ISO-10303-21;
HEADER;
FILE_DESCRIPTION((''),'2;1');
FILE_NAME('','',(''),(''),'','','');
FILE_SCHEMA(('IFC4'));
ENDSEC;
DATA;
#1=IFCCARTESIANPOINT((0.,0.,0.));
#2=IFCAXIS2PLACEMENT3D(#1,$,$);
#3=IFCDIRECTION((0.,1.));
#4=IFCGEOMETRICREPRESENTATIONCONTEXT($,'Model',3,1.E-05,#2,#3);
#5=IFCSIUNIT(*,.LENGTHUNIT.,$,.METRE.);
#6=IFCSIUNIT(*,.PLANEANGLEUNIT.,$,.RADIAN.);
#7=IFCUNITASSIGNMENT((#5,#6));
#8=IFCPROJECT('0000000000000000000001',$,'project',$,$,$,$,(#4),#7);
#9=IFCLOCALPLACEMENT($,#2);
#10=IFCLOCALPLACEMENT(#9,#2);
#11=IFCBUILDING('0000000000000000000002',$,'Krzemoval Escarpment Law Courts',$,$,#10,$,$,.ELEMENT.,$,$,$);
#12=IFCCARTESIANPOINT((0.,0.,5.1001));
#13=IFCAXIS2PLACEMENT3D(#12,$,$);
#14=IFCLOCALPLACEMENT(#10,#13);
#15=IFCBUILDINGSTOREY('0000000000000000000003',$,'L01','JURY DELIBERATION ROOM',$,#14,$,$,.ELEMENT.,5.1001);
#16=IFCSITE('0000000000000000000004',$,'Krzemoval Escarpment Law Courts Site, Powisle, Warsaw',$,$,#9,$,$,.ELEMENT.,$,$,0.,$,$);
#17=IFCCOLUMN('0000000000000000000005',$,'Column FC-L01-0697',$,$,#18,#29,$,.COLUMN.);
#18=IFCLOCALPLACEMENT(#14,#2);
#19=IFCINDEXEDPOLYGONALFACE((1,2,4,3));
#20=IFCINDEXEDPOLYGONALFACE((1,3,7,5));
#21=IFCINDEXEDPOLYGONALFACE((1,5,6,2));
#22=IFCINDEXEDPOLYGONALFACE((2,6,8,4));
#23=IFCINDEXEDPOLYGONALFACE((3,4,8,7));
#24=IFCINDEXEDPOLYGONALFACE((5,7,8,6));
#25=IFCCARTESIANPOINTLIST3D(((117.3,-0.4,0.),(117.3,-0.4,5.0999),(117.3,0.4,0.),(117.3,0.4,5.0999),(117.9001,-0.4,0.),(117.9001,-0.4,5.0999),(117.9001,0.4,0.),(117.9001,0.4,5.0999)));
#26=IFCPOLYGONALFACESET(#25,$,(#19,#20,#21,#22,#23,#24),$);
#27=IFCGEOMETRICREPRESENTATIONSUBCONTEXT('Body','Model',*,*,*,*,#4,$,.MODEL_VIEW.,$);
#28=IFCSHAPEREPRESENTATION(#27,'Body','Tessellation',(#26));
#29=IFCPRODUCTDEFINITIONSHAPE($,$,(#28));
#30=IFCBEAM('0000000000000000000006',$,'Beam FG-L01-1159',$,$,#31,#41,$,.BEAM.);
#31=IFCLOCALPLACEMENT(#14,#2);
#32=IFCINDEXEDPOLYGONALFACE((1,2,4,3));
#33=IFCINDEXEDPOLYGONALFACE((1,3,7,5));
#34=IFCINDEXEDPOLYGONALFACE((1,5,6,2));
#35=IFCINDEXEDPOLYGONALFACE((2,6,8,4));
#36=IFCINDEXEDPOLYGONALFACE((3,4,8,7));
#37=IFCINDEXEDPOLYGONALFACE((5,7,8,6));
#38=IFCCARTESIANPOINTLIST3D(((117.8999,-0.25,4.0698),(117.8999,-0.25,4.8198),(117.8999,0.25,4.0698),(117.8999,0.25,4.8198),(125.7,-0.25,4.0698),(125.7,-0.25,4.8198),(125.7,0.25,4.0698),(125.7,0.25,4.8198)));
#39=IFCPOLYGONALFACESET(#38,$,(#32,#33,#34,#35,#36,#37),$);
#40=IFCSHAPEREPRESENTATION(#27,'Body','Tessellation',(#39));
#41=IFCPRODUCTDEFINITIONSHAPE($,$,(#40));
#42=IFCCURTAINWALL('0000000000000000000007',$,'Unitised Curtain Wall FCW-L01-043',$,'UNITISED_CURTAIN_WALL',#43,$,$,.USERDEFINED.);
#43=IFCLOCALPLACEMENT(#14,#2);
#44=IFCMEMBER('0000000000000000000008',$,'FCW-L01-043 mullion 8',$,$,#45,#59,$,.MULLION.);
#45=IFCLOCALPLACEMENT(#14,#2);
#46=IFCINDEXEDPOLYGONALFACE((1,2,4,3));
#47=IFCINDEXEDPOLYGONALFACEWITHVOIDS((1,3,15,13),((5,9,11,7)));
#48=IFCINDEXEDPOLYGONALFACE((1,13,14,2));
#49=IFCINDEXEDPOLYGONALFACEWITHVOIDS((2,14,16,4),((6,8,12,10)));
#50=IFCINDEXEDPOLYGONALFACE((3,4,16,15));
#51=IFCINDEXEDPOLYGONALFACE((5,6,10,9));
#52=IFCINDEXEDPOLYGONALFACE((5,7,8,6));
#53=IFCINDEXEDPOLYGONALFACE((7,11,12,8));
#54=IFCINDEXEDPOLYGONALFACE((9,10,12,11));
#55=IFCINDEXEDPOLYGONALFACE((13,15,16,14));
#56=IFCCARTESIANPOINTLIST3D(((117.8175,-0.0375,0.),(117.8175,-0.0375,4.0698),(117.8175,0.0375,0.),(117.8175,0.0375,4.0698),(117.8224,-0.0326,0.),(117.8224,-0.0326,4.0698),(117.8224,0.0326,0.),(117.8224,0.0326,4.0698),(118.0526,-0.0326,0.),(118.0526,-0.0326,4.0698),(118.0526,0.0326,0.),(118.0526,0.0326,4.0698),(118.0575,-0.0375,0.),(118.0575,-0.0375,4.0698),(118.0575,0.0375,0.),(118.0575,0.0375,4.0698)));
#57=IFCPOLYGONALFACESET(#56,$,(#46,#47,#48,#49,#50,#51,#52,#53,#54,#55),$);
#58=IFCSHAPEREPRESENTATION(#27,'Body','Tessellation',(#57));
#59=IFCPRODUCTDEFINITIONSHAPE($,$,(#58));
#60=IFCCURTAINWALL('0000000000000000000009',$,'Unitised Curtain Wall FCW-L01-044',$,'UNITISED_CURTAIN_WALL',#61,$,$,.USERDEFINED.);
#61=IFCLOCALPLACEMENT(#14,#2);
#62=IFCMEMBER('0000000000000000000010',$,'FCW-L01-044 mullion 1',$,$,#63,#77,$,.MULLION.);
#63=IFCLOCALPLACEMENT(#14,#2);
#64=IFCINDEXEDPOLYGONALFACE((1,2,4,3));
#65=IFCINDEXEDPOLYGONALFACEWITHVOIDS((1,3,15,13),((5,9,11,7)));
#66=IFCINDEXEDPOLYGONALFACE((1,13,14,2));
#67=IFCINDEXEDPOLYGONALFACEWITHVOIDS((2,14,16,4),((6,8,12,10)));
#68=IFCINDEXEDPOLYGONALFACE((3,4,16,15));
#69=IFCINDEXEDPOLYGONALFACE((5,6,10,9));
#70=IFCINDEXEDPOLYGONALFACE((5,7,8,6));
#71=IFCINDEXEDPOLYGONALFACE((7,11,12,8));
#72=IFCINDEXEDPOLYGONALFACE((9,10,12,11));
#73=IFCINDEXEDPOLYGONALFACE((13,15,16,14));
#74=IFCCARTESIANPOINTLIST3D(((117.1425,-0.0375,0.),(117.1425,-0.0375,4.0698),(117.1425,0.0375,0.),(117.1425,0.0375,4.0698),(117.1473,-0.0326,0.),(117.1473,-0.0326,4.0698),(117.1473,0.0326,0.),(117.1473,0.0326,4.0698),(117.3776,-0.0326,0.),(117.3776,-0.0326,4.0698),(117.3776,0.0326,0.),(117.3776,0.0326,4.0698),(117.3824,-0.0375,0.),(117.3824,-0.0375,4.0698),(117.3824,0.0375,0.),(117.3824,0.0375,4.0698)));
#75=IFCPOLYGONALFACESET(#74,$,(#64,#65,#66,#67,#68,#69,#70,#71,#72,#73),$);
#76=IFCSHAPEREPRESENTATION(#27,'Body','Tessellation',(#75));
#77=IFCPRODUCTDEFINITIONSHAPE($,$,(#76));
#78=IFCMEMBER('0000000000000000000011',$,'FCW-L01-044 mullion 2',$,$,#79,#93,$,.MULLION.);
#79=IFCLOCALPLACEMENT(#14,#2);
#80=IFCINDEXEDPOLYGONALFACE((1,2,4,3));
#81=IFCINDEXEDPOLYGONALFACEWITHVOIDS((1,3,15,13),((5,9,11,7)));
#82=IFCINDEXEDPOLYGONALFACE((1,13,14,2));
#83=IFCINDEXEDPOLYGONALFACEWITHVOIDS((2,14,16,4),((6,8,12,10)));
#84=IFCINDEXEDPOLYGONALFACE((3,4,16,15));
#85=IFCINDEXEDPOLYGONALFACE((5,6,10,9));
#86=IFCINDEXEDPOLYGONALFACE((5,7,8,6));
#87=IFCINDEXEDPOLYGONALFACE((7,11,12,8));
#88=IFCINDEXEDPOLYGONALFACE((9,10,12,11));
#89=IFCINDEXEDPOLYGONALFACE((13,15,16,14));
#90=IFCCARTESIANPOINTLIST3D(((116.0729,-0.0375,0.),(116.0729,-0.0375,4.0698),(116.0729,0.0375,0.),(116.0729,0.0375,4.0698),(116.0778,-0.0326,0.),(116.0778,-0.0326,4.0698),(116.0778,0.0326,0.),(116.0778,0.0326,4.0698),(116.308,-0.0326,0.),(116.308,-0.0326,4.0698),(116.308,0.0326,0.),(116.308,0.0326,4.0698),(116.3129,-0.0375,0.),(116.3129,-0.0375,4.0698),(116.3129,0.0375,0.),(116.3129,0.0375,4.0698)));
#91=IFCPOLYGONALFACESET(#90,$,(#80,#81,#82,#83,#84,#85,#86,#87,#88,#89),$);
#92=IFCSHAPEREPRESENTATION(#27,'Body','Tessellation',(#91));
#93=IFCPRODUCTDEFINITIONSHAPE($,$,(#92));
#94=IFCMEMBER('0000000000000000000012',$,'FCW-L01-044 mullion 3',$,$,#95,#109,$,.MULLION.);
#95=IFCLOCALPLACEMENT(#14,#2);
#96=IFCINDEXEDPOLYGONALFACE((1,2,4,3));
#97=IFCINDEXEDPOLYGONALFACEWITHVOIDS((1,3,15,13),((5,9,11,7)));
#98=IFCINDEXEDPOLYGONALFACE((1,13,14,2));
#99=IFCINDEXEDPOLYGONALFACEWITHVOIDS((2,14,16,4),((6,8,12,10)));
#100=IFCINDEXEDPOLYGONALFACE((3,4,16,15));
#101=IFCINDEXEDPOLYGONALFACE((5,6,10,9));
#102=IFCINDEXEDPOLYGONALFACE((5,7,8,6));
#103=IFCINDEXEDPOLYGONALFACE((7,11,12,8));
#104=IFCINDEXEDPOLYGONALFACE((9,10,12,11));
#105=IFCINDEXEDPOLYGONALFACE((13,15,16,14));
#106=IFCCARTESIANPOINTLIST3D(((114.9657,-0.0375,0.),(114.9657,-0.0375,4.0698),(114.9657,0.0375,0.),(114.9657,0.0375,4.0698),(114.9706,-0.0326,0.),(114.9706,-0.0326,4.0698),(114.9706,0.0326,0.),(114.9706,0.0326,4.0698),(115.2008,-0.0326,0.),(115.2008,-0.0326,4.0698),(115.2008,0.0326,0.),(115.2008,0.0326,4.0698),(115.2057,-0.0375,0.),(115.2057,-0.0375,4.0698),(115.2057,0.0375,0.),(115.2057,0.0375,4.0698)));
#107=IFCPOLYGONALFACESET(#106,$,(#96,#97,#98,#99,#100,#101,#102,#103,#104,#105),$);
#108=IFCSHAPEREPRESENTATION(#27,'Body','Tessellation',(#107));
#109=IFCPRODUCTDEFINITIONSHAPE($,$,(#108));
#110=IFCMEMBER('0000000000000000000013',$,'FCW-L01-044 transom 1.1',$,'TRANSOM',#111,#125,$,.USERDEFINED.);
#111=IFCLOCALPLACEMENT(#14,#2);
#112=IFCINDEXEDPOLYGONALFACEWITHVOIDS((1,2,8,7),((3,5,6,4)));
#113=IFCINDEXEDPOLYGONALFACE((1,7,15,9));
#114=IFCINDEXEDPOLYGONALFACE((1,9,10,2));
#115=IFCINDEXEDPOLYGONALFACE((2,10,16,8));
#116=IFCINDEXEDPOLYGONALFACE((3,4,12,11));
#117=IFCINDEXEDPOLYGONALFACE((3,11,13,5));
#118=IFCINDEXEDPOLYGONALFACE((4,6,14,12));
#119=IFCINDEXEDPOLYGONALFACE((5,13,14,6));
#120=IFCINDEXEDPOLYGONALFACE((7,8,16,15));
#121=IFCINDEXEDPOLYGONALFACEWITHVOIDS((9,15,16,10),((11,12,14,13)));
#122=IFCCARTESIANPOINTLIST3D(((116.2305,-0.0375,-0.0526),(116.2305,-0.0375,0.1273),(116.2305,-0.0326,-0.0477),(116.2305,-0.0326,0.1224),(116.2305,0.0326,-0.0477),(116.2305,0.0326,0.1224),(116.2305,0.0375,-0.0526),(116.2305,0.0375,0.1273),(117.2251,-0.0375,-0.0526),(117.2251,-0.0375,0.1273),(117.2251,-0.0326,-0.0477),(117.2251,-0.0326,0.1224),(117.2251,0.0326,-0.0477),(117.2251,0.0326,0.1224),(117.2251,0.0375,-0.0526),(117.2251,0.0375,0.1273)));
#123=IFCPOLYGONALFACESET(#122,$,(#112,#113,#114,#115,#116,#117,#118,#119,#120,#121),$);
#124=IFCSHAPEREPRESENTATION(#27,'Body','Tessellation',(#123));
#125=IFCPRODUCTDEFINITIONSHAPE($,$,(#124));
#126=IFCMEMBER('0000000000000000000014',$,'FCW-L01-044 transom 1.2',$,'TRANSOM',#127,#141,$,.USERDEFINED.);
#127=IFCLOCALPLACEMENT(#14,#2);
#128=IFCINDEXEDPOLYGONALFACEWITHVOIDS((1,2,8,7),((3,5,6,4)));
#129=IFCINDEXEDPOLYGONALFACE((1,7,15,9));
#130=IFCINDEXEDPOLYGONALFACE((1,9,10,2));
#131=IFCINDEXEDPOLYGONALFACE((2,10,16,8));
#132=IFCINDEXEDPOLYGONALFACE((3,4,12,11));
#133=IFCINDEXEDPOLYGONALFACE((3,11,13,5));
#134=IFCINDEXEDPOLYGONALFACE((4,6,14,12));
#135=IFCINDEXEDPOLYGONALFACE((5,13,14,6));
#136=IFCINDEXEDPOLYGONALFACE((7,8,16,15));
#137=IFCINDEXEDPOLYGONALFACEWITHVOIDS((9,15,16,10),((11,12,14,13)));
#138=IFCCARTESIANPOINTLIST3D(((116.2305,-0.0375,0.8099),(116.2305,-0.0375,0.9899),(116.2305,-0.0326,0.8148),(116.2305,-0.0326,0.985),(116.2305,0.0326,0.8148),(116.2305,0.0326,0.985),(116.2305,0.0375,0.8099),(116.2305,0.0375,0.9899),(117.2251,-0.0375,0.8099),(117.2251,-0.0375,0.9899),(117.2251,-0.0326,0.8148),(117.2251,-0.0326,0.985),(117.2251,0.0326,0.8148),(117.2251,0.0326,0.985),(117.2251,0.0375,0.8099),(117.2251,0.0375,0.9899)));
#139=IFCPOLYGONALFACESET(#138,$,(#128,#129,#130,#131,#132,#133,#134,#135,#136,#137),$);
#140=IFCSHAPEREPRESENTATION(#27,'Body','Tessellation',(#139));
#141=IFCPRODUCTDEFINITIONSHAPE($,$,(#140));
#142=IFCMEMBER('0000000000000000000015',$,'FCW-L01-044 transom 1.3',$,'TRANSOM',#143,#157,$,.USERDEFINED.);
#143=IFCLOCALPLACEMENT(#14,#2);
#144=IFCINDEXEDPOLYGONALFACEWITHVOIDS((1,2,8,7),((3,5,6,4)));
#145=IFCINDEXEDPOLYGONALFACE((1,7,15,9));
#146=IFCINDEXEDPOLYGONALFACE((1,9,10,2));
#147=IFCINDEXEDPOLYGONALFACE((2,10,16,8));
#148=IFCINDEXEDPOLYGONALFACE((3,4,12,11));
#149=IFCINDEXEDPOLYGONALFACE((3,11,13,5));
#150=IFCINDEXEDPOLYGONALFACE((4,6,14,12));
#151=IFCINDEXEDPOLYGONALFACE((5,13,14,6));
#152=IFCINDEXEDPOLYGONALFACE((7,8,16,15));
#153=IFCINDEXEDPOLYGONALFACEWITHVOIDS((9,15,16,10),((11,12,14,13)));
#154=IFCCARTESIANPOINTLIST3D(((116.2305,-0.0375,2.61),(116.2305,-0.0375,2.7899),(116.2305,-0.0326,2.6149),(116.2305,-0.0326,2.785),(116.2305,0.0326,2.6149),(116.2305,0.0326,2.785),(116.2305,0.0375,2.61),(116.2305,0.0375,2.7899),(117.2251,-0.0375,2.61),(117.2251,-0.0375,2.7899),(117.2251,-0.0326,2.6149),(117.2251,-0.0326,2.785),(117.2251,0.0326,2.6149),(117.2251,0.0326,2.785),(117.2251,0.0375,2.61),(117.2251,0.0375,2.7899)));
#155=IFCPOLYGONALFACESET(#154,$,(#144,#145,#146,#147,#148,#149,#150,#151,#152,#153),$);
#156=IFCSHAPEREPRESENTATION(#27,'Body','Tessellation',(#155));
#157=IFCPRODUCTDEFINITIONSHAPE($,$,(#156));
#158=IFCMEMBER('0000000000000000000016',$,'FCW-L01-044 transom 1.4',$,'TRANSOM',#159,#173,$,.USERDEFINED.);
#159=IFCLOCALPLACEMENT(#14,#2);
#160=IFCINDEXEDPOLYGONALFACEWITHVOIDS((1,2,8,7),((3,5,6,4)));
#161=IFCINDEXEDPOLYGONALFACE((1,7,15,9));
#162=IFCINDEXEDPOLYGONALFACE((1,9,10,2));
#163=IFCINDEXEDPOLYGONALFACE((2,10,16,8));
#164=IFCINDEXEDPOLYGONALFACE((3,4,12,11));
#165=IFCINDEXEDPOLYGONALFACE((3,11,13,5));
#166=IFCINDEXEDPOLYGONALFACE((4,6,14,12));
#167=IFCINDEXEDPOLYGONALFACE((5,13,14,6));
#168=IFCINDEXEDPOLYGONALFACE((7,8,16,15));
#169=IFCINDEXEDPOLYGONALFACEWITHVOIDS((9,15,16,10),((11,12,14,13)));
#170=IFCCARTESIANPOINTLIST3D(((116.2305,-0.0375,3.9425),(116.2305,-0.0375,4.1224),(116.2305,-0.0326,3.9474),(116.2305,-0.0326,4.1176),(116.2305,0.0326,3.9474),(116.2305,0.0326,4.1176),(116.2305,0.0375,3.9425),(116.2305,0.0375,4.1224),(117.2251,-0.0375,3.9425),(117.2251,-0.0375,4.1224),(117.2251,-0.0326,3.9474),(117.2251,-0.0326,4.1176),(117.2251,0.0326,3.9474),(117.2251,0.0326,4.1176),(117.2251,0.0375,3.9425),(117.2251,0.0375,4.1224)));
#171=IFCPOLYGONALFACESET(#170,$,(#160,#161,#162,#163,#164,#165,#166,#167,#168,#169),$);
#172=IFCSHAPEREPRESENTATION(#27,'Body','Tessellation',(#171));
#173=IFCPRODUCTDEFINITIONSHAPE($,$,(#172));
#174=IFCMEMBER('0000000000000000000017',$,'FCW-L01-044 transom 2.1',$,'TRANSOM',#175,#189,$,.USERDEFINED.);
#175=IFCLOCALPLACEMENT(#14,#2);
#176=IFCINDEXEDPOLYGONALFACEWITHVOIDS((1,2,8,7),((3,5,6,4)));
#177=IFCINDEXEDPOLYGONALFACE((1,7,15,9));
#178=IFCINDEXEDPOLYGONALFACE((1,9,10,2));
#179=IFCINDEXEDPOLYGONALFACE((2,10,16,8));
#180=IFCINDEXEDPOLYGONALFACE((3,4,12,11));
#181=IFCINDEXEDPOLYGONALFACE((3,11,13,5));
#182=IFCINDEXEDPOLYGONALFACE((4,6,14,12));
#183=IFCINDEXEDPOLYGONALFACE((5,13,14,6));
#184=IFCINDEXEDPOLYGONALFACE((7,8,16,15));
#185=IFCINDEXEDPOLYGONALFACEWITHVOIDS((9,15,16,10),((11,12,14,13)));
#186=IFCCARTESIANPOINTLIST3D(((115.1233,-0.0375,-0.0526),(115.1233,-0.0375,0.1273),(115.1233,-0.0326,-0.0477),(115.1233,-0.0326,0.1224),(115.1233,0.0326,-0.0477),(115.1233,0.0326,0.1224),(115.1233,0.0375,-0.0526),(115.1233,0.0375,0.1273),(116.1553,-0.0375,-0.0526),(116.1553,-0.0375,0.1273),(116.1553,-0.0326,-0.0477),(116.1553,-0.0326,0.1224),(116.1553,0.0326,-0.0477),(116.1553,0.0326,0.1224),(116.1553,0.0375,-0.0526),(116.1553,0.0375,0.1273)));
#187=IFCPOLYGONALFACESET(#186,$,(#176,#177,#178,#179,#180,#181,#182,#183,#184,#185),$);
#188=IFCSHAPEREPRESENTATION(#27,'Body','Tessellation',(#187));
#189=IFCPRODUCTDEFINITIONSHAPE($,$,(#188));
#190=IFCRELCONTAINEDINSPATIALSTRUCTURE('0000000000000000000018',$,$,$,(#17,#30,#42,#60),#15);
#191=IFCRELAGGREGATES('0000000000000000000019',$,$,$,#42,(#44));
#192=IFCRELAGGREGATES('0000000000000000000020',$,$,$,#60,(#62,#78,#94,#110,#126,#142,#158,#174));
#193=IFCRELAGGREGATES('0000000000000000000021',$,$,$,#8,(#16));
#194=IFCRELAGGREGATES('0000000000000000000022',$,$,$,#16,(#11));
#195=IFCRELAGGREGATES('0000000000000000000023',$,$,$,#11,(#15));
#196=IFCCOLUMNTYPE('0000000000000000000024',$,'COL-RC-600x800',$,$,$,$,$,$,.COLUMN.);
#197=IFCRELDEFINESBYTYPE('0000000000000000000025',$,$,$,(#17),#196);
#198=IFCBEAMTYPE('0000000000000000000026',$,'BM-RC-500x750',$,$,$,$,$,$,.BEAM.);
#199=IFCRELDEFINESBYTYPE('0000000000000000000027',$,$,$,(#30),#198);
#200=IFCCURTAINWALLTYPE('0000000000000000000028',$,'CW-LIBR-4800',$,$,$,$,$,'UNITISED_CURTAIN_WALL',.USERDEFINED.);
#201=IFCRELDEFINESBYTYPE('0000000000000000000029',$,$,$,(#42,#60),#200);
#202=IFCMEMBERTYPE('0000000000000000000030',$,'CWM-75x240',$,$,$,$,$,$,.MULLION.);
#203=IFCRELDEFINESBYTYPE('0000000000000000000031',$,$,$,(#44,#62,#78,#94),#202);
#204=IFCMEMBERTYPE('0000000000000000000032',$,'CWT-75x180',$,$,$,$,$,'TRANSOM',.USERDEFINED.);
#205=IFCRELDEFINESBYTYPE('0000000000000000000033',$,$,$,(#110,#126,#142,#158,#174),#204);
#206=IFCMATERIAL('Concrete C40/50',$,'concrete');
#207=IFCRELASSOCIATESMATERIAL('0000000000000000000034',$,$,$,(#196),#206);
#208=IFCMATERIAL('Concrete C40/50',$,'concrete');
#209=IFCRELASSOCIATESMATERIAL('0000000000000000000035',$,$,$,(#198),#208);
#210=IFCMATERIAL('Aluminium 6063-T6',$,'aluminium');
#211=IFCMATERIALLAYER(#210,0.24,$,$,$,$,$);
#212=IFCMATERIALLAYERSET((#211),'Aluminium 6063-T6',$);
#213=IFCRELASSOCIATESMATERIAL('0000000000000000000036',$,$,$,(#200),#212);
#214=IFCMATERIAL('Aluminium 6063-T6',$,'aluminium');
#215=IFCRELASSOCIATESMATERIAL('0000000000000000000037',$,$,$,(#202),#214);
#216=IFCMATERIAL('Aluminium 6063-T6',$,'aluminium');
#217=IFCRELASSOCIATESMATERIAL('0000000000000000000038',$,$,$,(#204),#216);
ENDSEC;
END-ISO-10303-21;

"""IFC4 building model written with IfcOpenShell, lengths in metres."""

from ifc_helpers import new_model, si_unit, direction, frame, origin, origin_2d, place, context, subcontext, project, spatial, rectangle, hollow_rectangle, extrude, material, layer, layer_set, material_profile, profile_set, type_object, element, aggregate, save


model = new_model("IFC4")

# Units and contexts
model_context = context("Model", 3, precision=1e-05, world=origin(), true_north=direction((0.0, 1.0)))
body_context = subcontext(model_context, "Body", "Model", "MODEL_VIEW")
ifc_project = project(units=[si_unit("LENGTHUNIT", "METRE"), si_unit("PLANEANGLEUNIT", "RADIAN")], contexts=[model_context])

# Site, building, storey
site_placement = place(None, origin())
site = spatial("IfcSite", under=ifc_project, at=site_placement, Name="Krzemoval Escarpment Law Courts Site, Powisle, Warsaw", CompositionType="ELEMENT", RefElevation=0.0)
building_placement = place(site_placement, origin())
building = spatial("IfcBuilding", under=site, at=building_placement, Name="Krzemoval Escarpment Law Courts", CompositionType="ELEMENT")
storey_placement = place(building_placement, frame((0.0, 0.0, 5.1001)))
storey = spatial("IfcBuildingStorey", under=building, at=storey_placement, Name="L01", Description="JURY DELIBERATION ROOM", CompositionType="ELEMENT", Elevation=5.1001)

# Column
ifc_material_1 = material(Name="Concrete C40/50", Category="concrete")
ifc_material_profile_1 = material_profile(ifc_material_1, rectangle(XDim=0.6001, YDim=0.8, at=origin_2d()), Name="RC 600x800")
ifc_profile_set_1 = profile_set([ifc_material_profile_1], Name="Concrete C40/50")
column_type = type_object("IfcColumnType", Name="COL-RC-600x800", PredefinedType="COLUMN", material=ifc_profile_set_1)
column_placement = place(storey_placement, frame((117.6001, 0.0, 0.0), z_axis=(0.0, 0.0, 1.0), x_axis=(1.0, 0.0, 0.0)))
element("IfcColumn", 1, at=column_placement, inside=storey, type_object=column_type, Name="Column FC-L01-0697", PredefinedType="COLUMN", context=body_context, shape_type="SweptSolid", body=[
    extrude(rectangle(XDim=0.6001, YDim=0.8, at=origin_2d()), origin(), (0.0, 0.0, 1.0), 5.0999),
])

# Beam
ifc_material_2 = material(Name="Concrete C40/50", Category="concrete")
ifc_material_profile_2 = material_profile(ifc_material_2, rectangle(XDim=0.5, YDim=0.75, at=origin_2d()), Name="RCB 500x750")
ifc_profile_set_2 = profile_set([ifc_material_profile_2], Name="Concrete C40/50")
beam_type = type_object("IfcBeamType", Name="BM-RC-500x750", PredefinedType="BEAM", material=ifc_profile_set_2)
beam_placement = place(storey_placement, frame((117.8999, 0.0, 4.4448), z_axis=(1.0, 0.0, 0.0), x_axis=(0.0, 1.0, 0.0)))
element("IfcBeam", 2, at=beam_placement, inside=storey, type_object=beam_type, Name="Beam FG-L01-1159", PredefinedType="BEAM", context=body_context, shape_type="SweptSolid", body=[
    extrude(rectangle(XDim=0.5, YDim=0.75, at=origin_2d()), origin(), (0.0, 0.0, 1.0), 7.8),
])

# Curtain wall, member
ifc_material_3 = material(Name="Aluminium 6063-T6", Category="aluminium")
ifc_layer_1 = layer(ifc_material_3, 0.24)
ifc_layer_set_1 = layer_set([ifc_layer_1], Name="Aluminium 6063-T6")
curtain_wall_type = type_object("IfcCurtainWallType", Name="CW-LIBR-4800", ElementType="UNITISED_CURTAIN_WALL", PredefinedType="USERDEFINED", material=ifc_layer_set_1)
curtain_wall_1_placement = place(storey_placement, origin())
curtain_wall_1 = element("IfcCurtainWall", 3, at=curtain_wall_1_placement, inside=storey, type_object=curtain_wall_type, Name="Unitised Curtain Wall FCW-L01-043", ObjectType="UNITISED_CURTAIN_WALL", PredefinedType="USERDEFINED")
ifc_material_4 = material(Name="Aluminium 6063-T6", Category="aluminium")
ifc_material_profile_3 = material_profile(ifc_material_4, hollow_rectangle(XDim=0.075, YDim=0.24, WallThickness=0.0049, at=origin_2d()), Name="ALU M75x240")
ifc_profile_set_3 = profile_set([ifc_material_profile_3], Name="Aluminium 6063-T6")
member_type_1 = type_object("IfcMemberType", Name="CWM-75x240", PredefinedType="MULLION", material=ifc_profile_set_3)
member_1_placement = place(storey_placement, frame((117.9375, 0.0, 0.0), z_axis=(0.0, 0.0, 1.0), x_axis=(0.0, -1.0, 0.0)))
member_1 = element("IfcMember", 4, at=member_1_placement, type_object=member_type_1, Name="FCW-L01-043 mullion 8", PredefinedType="MULLION", context=body_context, shape_type="SweptSolid", body=[
    extrude(hollow_rectangle(XDim=0.075, YDim=0.24, WallThickness=0.0049, at=origin_2d()), origin(), (0.0, 0.0, 1.0), 4.0698),
])

# Curtain wall, members
curtain_wall_2_placement = place(storey_placement, origin())
curtain_wall_2 = element("IfcCurtainWall", 5, at=curtain_wall_2_placement, inside=storey, type_object=curtain_wall_type, Name="Unitised Curtain Wall FCW-L01-044", ObjectType="UNITISED_CURTAIN_WALL", PredefinedType="USERDEFINED")
member_2_placement = place(storey_placement, frame((117.2625, 0.0, 0.0), z_axis=(0.0, 0.0, 1.0), x_axis=(0.0, -1.0, 0.0)))
member_2 = element("IfcMember", 6, at=member_2_placement, type_object=member_type_1, Name="FCW-L01-044 mullion 1", PredefinedType="MULLION", context=body_context, shape_type="SweptSolid", body=[
    extrude(hollow_rectangle(XDim=0.075, YDim=0.24, WallThickness=0.0049, at=origin_2d()), origin(), (0.0, 0.0, 1.0), 4.0698),
])
member_3_placement = place(storey_placement, frame((116.1929, 0.0, 0.0), z_axis=(0.0, 0.0, 1.0), x_axis=(0.0, -1.0, 0.0)))
member_3 = element("IfcMember", 7, at=member_3_placement, type_object=member_type_1, Name="FCW-L01-044 mullion 2", PredefinedType="MULLION", context=body_context, shape_type="SweptSolid", body=[
    extrude(hollow_rectangle(XDim=0.075, YDim=0.24, WallThickness=0.0049, at=origin_2d()), origin(), (0.0, 0.0, 1.0), 4.0698),
])
member_4_placement = place(storey_placement, frame((115.0857, 0.0, 0.0), z_axis=(0.0, 0.0, 1.0), x_axis=(0.0, -1.0, 0.0)))
member_4 = element("IfcMember", 8, at=member_4_placement, type_object=member_type_1, Name="FCW-L01-044 mullion 3", PredefinedType="MULLION", context=body_context, shape_type="SweptSolid", body=[
    extrude(hollow_rectangle(XDim=0.075, YDim=0.24, WallThickness=0.0049, at=origin_2d()), origin(), (0.0, 0.0, 1.0), 4.0698),
])
ifc_material_5 = material(Name="Aluminium 6063-T6", Category="aluminium")
ifc_material_profile_4 = material_profile(ifc_material_5, hollow_rectangle(XDim=0.075, YDim=0.1799, WallThickness=0.0049, at=origin_2d()), Name="ALU T75x180")
ifc_profile_set_4 = profile_set([ifc_material_profile_4], Name="Aluminium 6063-T6")
member_type_2 = type_object("IfcMemberType", Name="CWT-75x180", ElementType="TRANSOM", PredefinedType="USERDEFINED", material=ifc_profile_set_4)
member_5_placement = place(storey_placement, frame((117.2251, 0.0, 0.0374), z_axis=(-1.0, 0.0, 0.0), x_axis=(0.0, -1.0, 0.0)))
member_5 = element("IfcMember", 9, at=member_5_placement, type_object=member_type_2, Name="FCW-L01-044 transom 1.1", ObjectType="TRANSOM", PredefinedType="USERDEFINED", context=body_context, shape_type="SweptSolid", body=[
    extrude(hollow_rectangle(XDim=0.075, YDim=0.1799, WallThickness=0.0049, at=origin_2d()), origin(), (0.0, 0.0, 1.0), 0.9946),
])
member_6_placement = place(storey_placement, frame((117.2251, 0.0, 0.8999), z_axis=(-1.0, 0.0, 0.0), x_axis=(0.0, -1.0, 0.0)))
member_6 = element("IfcMember", 10, at=member_6_placement, type_object=member_type_2, Name="FCW-L01-044 transom 1.2", ObjectType="TRANSOM", PredefinedType="USERDEFINED", context=body_context, shape_type="SweptSolid", body=[
    extrude(hollow_rectangle(XDim=0.075, YDim=0.1799, WallThickness=0.0049, at=origin_2d()), origin(), (0.0, 0.0, 1.0), 0.9946),
])
member_7_placement = place(storey_placement, frame((117.2251, 0.0, 2.7), z_axis=(-1.0, 0.0, 0.0), x_axis=(0.0, -1.0, 0.0)))
member_7 = element("IfcMember", 11, at=member_7_placement, type_object=member_type_2, Name="FCW-L01-044 transom 1.3", ObjectType="TRANSOM", PredefinedType="USERDEFINED", context=body_context, shape_type="SweptSolid", body=[
    extrude(hollow_rectangle(XDim=0.075, YDim=0.1799, WallThickness=0.0049, at=origin_2d()), origin(), (0.0, 0.0, 1.0), 0.9946),
])
member_8_placement = place(storey_placement, frame((117.2251, 0.0, 4.0325), z_axis=(-1.0, 0.0, 0.0), x_axis=(0.0, -1.0, 0.0)))
member_8 = element("IfcMember", 12, at=member_8_placement, type_object=member_type_2, Name="FCW-L01-044 transom 1.4", ObjectType="TRANSOM", PredefinedType="USERDEFINED", context=body_context, shape_type="SweptSolid", body=[
    extrude(hollow_rectangle(XDim=0.075, YDim=0.1799, WallThickness=0.0049, at=origin_2d()), origin(), (0.0, 0.0, 1.0), 0.9946),
])
member_9_placement = place(storey_placement, frame((116.1553, 0.0, 0.0374), z_axis=(-1.0, 0.0, 0.0), x_axis=(0.0, -1.0, 0.0)))
member_9 = element("IfcMember", 13, at=member_9_placement, type_object=member_type_2, Name="FCW-L01-044 transom 2.1", ObjectType="TRANSOM", PredefinedType="USERDEFINED", context=body_context, shape_type="SweptSolid", body=[
    extrude(hollow_rectangle(XDim=0.075, YDim=0.1799, WallThickness=0.0049, at=origin_2d()), origin(), (0.0, 0.0, 1.0), 1.032),
])

aggregate(curtain_wall_1, [member_1])
aggregate(curtain_wall_2, [member_2, member_3, member_4, member_5, member_6, member_7, member_8, member_9])

save(model, "model.ifc")
